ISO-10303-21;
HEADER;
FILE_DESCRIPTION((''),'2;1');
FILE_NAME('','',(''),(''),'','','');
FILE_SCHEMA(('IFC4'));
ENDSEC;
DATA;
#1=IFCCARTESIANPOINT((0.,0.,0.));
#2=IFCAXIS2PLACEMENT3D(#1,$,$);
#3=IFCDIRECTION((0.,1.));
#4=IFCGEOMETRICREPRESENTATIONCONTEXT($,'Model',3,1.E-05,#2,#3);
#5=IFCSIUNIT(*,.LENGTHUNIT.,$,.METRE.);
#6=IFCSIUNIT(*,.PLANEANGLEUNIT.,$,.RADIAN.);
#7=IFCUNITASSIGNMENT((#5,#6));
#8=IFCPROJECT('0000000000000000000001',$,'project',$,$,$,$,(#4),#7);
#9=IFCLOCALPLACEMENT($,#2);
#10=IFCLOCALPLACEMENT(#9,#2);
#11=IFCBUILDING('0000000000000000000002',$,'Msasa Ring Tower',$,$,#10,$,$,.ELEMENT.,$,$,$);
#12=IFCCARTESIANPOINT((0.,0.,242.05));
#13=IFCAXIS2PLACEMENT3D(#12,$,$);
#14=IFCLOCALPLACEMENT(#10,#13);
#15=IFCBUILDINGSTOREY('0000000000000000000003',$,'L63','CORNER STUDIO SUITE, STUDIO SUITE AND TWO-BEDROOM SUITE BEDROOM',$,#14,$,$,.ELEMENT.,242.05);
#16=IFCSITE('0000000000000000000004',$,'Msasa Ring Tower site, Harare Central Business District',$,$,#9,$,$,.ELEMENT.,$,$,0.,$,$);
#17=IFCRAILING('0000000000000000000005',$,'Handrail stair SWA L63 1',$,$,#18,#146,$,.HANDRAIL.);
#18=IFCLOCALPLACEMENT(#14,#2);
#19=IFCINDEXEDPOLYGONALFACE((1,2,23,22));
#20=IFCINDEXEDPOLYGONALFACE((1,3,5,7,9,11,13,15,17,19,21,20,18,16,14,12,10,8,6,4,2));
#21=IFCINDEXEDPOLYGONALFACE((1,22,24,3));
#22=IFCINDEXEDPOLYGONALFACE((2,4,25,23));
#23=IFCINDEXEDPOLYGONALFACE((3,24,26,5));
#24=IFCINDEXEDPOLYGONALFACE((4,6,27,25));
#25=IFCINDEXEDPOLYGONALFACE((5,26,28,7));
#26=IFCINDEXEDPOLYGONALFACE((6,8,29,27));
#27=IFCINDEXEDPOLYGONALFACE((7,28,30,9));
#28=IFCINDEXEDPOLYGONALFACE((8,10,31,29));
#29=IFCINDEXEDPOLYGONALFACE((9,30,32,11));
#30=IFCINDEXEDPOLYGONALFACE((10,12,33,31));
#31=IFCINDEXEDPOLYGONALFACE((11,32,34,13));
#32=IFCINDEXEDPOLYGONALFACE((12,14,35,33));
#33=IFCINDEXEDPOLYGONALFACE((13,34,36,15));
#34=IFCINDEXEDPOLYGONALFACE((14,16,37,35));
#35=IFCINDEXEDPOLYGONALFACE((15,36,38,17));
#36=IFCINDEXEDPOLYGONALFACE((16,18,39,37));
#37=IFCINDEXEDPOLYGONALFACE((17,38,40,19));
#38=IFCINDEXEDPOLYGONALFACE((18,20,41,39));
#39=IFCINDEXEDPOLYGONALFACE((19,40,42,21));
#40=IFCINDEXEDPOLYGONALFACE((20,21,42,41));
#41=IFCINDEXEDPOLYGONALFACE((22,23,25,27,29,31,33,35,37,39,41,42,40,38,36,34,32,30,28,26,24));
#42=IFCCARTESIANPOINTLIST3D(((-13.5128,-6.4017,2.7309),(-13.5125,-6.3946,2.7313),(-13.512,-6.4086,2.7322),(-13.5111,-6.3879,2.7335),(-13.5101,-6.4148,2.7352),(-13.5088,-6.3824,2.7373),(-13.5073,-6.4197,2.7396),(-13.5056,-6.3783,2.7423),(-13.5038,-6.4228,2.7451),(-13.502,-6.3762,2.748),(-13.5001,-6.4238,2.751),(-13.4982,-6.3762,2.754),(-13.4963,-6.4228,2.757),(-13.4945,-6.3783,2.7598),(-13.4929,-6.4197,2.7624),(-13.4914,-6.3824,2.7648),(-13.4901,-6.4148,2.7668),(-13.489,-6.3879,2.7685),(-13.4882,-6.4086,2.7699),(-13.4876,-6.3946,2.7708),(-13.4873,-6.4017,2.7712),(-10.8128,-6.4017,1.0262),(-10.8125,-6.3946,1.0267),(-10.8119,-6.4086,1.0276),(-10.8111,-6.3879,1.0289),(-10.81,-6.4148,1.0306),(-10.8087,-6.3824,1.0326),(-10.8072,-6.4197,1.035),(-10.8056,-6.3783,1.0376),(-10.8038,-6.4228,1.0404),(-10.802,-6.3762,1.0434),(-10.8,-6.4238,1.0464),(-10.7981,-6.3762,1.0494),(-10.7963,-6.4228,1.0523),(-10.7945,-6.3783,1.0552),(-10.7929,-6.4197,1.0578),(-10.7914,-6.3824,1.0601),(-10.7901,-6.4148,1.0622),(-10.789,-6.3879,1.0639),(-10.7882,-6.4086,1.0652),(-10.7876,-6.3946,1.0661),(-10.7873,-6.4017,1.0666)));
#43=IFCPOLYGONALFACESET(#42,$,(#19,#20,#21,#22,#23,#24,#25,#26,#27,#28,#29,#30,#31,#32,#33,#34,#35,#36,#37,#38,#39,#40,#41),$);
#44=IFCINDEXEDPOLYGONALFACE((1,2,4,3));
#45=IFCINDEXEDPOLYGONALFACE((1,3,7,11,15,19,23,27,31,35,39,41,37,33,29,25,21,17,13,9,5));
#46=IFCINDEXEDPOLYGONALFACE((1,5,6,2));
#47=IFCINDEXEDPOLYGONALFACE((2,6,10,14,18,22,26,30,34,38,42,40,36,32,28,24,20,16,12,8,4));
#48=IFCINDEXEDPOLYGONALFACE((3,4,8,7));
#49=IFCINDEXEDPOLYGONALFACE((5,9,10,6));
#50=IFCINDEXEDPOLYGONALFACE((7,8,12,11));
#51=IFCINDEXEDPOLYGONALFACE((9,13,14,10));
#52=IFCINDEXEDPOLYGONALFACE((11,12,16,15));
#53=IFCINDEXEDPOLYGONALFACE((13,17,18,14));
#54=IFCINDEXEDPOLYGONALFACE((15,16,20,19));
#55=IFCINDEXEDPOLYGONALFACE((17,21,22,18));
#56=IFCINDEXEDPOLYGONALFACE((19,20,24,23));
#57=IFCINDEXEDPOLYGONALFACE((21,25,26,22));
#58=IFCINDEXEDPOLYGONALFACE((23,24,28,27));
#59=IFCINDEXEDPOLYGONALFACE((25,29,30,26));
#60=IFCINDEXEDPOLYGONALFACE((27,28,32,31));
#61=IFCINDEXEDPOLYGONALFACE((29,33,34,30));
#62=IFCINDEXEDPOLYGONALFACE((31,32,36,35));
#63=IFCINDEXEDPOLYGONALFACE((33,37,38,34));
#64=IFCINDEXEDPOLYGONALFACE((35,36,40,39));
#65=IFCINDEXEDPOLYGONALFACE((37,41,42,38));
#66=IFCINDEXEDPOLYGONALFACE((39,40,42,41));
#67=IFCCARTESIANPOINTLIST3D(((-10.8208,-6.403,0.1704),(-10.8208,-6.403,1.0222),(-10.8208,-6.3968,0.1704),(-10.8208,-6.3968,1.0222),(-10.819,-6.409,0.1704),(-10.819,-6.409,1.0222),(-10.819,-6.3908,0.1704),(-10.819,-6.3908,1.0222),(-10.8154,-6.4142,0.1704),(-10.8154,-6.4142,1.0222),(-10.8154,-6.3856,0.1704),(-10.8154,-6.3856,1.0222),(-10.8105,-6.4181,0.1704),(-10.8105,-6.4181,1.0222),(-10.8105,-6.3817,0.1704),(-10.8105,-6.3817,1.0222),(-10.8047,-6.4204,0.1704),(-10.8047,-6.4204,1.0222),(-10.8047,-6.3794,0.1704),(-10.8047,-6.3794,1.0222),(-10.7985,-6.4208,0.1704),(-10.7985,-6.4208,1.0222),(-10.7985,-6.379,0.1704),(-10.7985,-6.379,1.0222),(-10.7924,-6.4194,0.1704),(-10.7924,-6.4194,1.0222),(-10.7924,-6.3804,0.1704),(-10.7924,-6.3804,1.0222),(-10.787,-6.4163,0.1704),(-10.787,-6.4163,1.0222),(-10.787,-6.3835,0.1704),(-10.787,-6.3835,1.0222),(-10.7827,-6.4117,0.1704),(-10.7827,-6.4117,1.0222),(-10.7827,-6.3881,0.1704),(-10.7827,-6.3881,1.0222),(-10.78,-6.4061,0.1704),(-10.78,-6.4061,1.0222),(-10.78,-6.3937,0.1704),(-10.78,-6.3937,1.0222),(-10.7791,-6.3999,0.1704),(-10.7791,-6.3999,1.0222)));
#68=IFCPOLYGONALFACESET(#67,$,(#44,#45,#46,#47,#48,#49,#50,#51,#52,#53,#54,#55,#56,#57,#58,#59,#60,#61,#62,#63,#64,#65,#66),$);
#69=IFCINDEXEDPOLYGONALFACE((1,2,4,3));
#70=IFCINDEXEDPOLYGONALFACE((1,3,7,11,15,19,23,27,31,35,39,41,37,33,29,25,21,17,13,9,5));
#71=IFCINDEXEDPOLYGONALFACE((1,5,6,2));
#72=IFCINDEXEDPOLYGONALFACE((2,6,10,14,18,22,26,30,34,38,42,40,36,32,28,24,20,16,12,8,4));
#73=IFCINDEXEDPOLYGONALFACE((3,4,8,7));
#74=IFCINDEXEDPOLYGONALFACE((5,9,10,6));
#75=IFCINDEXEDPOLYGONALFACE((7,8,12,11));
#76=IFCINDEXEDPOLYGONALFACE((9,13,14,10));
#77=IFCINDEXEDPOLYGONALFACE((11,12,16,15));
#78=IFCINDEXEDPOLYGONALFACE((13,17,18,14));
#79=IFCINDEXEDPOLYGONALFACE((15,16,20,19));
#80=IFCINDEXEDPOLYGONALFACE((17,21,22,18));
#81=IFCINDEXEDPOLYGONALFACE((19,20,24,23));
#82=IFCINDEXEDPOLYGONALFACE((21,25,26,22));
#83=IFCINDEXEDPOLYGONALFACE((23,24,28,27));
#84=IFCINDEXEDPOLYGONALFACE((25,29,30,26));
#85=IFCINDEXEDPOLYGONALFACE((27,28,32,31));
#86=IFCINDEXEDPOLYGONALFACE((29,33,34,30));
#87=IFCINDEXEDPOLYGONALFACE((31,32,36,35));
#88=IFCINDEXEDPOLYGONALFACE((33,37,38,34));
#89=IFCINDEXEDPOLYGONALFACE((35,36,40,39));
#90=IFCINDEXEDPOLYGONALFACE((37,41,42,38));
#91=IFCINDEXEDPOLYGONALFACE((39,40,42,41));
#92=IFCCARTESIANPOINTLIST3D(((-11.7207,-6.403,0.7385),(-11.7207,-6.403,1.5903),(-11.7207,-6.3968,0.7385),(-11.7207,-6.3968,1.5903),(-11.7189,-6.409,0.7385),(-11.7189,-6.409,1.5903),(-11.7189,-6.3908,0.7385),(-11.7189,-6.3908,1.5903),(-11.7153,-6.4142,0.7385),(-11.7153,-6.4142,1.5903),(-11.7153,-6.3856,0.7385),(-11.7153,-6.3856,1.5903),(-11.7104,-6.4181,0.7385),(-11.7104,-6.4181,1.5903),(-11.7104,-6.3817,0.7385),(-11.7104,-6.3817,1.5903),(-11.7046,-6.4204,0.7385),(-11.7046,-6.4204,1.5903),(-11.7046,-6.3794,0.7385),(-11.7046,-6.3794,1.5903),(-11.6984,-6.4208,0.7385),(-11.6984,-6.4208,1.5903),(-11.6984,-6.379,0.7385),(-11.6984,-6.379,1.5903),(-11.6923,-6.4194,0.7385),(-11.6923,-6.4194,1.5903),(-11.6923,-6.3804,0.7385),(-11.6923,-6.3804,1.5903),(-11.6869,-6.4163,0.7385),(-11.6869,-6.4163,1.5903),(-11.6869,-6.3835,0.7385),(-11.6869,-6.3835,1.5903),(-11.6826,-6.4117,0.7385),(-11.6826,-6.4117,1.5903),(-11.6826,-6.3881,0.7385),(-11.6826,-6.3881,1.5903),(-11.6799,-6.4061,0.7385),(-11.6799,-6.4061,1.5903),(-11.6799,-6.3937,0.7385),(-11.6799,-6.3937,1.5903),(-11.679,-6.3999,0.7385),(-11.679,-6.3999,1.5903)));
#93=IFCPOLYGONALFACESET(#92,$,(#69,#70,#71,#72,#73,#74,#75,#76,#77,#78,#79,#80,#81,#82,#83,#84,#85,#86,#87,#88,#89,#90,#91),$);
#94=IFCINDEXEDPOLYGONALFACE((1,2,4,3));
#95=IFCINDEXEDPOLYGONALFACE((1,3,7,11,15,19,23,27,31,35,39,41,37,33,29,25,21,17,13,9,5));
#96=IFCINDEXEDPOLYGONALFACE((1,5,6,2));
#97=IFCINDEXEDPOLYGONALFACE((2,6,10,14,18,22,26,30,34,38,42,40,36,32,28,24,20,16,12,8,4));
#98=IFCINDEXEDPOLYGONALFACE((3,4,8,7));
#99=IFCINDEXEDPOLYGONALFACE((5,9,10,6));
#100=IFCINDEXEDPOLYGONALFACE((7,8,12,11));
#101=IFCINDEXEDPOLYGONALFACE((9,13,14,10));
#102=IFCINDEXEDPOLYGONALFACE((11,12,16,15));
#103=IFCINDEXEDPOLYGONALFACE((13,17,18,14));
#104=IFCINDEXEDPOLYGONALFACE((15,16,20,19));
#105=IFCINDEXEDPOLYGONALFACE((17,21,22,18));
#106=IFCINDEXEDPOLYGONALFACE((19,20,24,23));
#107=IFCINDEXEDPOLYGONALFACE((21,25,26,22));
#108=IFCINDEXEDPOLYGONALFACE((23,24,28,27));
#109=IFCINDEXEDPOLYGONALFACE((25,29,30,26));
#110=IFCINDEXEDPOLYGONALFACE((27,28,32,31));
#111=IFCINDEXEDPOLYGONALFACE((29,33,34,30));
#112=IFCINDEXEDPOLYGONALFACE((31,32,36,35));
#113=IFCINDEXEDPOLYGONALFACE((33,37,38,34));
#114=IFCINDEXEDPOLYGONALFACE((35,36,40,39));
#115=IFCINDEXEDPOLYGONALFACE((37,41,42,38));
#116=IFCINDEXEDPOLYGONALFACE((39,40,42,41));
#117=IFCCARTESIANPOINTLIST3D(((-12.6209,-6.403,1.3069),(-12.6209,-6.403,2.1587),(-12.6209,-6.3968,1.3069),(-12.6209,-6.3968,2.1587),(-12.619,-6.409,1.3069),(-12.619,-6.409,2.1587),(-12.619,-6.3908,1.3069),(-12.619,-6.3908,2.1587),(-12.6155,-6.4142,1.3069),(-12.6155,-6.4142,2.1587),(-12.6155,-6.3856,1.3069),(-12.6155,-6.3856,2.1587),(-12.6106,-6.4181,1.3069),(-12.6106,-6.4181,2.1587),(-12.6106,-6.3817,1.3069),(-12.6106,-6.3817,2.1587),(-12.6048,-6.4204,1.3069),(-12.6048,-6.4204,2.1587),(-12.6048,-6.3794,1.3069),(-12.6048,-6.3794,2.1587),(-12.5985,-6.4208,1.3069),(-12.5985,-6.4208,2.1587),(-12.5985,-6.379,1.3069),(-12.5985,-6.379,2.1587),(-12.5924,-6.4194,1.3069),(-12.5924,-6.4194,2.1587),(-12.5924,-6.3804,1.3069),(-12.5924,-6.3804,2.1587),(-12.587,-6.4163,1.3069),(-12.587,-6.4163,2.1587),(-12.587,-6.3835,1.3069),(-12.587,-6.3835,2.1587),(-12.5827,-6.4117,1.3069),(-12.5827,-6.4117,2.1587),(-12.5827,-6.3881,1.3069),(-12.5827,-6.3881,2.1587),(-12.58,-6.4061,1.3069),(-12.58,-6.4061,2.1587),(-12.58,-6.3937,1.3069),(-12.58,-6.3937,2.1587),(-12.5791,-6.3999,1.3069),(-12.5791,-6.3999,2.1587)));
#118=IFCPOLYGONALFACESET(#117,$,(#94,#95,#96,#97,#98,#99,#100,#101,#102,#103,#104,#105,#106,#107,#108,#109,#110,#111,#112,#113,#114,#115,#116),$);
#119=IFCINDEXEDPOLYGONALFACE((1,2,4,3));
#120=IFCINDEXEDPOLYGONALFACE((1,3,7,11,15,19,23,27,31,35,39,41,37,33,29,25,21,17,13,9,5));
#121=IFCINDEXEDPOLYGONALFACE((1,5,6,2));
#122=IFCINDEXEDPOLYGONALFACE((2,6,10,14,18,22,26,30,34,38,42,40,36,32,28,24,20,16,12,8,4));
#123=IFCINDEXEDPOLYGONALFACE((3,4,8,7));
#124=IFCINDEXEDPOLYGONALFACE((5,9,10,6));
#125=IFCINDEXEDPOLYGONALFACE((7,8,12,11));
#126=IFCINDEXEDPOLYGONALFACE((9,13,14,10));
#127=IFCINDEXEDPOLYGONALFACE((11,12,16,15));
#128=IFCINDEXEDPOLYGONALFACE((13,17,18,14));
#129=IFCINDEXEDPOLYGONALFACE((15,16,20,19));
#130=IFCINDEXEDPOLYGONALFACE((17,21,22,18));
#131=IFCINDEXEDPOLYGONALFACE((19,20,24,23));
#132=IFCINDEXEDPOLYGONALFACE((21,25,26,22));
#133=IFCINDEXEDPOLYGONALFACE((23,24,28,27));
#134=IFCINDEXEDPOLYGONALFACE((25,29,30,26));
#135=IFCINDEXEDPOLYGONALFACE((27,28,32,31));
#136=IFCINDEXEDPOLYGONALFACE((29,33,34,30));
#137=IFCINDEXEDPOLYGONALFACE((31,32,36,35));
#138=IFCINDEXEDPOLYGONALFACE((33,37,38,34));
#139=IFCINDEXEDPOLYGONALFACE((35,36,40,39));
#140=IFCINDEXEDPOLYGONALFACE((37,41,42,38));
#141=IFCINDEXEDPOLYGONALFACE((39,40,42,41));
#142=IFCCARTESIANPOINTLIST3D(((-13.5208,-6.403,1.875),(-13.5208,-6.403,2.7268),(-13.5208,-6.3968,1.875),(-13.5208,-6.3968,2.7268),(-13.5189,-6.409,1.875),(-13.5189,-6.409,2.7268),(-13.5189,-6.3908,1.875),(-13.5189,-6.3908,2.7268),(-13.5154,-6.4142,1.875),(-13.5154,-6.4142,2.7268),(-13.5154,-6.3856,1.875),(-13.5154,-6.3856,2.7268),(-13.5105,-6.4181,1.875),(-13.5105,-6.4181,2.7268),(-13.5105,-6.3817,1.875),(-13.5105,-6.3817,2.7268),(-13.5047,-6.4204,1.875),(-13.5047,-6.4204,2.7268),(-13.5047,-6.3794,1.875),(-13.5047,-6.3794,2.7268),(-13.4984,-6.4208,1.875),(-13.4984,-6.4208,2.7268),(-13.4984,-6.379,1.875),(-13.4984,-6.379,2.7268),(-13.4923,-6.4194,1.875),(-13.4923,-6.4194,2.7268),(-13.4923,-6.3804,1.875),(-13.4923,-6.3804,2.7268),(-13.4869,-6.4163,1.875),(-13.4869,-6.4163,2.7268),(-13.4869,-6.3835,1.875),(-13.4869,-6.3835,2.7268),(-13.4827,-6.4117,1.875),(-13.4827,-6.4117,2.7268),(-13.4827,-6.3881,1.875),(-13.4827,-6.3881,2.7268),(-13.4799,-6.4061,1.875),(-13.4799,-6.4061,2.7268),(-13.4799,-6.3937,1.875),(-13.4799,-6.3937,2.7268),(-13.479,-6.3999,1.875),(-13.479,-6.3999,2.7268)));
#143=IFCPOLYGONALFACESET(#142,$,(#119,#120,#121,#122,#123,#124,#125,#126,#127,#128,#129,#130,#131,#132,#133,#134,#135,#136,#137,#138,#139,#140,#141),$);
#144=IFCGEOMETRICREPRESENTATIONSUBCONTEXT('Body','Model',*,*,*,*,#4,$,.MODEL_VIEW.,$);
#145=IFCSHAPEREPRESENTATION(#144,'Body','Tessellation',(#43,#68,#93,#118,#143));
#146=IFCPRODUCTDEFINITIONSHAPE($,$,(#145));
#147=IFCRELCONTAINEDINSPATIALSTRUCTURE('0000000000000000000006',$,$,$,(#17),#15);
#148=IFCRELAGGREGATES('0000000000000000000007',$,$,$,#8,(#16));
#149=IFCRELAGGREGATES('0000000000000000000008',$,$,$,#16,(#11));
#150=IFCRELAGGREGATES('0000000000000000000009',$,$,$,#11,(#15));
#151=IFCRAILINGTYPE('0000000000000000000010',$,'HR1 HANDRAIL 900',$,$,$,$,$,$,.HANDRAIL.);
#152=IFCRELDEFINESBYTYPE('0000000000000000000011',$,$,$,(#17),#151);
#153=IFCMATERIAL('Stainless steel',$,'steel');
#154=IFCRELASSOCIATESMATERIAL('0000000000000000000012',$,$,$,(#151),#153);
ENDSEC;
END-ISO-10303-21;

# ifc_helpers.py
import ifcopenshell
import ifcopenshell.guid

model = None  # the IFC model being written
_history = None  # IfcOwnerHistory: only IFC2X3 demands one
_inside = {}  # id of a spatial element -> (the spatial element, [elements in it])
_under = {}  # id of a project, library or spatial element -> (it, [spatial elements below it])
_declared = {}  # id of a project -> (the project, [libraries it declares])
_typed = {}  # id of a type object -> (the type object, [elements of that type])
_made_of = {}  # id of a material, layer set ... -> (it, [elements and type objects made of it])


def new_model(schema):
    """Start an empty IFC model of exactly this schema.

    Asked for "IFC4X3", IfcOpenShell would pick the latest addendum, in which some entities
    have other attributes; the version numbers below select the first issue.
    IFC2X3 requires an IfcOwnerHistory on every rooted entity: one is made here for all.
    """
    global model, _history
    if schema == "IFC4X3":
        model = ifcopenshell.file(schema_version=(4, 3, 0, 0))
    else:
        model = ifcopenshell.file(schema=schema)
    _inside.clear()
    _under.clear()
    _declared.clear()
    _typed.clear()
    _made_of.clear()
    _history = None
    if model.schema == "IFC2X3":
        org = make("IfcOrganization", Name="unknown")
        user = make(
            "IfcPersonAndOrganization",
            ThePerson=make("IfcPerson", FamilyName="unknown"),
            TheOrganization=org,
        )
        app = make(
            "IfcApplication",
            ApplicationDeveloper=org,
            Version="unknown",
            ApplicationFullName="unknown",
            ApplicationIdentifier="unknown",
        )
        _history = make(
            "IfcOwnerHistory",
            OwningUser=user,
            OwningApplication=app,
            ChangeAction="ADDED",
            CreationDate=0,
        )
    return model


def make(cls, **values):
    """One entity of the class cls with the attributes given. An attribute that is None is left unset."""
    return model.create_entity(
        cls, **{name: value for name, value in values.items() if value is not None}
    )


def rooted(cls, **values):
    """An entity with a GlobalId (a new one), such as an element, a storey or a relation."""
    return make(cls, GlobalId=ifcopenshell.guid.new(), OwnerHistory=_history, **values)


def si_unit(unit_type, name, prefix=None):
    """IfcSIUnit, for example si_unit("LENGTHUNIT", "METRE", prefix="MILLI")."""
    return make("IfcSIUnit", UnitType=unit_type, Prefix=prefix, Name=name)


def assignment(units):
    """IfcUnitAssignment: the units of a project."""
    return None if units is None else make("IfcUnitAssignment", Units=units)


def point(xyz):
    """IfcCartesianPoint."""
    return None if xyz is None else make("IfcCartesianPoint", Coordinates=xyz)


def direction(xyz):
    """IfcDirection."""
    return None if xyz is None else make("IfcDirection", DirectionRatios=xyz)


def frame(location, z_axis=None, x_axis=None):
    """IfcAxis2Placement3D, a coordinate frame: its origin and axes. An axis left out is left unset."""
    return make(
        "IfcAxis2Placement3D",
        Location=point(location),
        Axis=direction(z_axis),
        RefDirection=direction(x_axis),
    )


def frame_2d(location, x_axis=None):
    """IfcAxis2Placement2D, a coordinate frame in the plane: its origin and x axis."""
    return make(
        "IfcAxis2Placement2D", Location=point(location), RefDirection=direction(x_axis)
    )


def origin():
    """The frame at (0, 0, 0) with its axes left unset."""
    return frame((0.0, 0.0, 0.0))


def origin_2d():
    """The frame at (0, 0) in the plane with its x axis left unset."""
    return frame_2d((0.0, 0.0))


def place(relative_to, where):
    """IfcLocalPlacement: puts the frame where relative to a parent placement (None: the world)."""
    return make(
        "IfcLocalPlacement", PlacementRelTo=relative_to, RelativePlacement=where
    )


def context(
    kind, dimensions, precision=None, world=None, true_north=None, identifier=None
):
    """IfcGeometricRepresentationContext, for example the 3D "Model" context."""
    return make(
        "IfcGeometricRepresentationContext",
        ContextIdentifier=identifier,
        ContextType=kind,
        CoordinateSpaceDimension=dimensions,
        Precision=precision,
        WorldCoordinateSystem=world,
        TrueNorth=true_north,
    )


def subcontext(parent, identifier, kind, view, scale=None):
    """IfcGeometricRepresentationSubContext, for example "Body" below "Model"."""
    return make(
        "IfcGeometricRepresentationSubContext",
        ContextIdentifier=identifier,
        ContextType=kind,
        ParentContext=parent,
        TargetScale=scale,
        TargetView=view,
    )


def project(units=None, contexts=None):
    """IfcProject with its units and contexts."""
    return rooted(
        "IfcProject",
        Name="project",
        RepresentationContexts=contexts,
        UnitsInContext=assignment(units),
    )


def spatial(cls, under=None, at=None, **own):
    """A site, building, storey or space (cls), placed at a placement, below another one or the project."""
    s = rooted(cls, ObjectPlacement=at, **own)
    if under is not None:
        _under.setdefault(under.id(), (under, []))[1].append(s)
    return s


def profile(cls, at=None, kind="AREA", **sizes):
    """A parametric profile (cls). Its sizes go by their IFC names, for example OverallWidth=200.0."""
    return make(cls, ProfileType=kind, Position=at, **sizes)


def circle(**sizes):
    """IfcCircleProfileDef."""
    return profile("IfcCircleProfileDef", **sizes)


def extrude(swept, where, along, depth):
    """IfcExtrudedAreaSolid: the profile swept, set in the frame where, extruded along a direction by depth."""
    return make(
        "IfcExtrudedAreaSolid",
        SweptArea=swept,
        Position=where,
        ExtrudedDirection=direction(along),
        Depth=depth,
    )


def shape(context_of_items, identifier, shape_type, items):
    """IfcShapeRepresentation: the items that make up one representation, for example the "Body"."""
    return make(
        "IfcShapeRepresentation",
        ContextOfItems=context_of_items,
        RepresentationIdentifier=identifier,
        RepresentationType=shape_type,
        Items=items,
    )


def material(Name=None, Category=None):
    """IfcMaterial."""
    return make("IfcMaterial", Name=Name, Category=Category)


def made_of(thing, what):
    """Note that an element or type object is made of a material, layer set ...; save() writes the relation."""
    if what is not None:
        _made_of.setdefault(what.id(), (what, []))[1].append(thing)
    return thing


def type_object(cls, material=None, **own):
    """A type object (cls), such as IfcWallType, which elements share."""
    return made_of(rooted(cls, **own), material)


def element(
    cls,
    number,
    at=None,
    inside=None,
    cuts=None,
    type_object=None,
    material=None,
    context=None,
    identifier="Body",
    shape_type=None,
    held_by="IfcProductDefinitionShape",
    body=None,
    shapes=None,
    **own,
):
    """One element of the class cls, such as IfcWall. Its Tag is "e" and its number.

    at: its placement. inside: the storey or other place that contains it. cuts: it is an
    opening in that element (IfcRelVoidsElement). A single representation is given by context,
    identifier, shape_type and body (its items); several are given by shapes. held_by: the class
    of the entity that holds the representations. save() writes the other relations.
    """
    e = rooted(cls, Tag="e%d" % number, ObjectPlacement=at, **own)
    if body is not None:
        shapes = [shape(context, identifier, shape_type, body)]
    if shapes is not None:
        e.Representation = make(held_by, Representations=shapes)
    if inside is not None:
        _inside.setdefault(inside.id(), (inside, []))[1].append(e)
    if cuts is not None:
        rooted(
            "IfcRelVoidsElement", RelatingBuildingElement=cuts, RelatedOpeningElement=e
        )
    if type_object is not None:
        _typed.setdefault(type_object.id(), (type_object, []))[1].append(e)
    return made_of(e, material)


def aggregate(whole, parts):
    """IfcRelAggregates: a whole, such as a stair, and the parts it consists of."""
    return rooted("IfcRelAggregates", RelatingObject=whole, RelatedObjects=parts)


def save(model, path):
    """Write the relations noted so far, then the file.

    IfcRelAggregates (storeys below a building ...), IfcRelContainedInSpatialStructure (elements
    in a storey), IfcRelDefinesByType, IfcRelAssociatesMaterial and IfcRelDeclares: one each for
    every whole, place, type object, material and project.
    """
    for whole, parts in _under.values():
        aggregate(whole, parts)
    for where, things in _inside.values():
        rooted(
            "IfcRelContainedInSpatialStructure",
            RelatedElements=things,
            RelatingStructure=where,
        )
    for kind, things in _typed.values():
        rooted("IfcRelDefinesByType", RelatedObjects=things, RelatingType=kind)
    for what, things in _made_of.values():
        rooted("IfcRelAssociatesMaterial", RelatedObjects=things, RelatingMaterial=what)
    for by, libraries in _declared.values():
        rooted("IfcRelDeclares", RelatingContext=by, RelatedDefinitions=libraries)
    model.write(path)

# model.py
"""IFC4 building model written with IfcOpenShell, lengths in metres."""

from ifc_helpers import new_model, si_unit, direction, frame, origin, origin_2d, place, context, subcontext, project, spatial, circle, extrude, material, type_object, element, save


model = new_model("IFC4")

# Units and contexts
model_context = context("Model", 3, precision=1e-05, world=origin(), true_north=direction((0.0, 1.0)))
body_context = subcontext(model_context, "Body", "Model", "MODEL_VIEW")
ifc_project = project(units=[si_unit("LENGTHUNIT", "METRE"), si_unit("PLANEANGLEUNIT", "RADIAN")], contexts=[model_context])

# Site, building, storey
site_placement = place(None, origin())
site = spatial("IfcSite", under=ifc_project, at=site_placement, Name="Msasa Ring Tower site, Harare Central Business District", CompositionType="ELEMENT", RefElevation=0.0)
building_placement = place(site_placement, origin())
building = spatial("IfcBuilding", under=site, at=building_placement, Name="Msasa Ring Tower", CompositionType="ELEMENT")
storey_placement = place(building_placement, frame((0.0, 0.0, 242.05)))
storey = spatial("IfcBuildingStorey", under=building, at=storey_placement, Name="L63", Description="CORNER STUDIO SUITE, STUDIO SUITE AND TWO-BEDROOM SUITE BEDROOM", CompositionType="ELEMENT", Elevation=242.05)

# Railing
ifc_material_1 = material(Name="Stainless steel", Category="steel")
railing_type = type_object("IfcRailingType", Name="HR1 HANDRAIL 900", PredefinedType="HANDRAIL", material=ifc_material_1)
for number, where, name in (
    (1, (-10.8, -6.3999, 0.1704), "Handrail stair SWA L63 1"),
):
    element("IfcRailing", number, at=place(storey_placement, frame(where)), inside=storey, type_object=railing_type, Name=name, PredefinedType="HANDRAIL", context=body_context, shape_type="SweptSolid", body=[
        extrude(circle(Radius=0.0239, at=origin_2d()), frame((0.0, 0.0, 0.876), z_axis=(-0.84558, 0.0, 0.533849), x_axis=(0.0, -1.0, 0.0)), (0.0, 0.0, 1.0), 3.1931),
        extrude(circle(Radius=0.021, at=origin_2d()), origin(), (0.0, 0.0, 1.0), 0.8518),
        extrude(circle(Radius=0.021, at=origin_2d()), frame((-0.8999, 0.0, 0.5681)), (0.0, 0.0, 1.0), 0.8518),
        extrude(circle(Radius=0.021, at=origin_2d()), frame((-1.8, 0.0, 1.1365)), (0.0, 0.0, 1.0), 0.8518),
        extrude(circle(Radius=0.021, at=origin_2d()), frame((-2.7, 0.0, 1.7046)), (0.0, 0.0, 1.0), 0.8518),
    ])

save(model, "model.ifc")
